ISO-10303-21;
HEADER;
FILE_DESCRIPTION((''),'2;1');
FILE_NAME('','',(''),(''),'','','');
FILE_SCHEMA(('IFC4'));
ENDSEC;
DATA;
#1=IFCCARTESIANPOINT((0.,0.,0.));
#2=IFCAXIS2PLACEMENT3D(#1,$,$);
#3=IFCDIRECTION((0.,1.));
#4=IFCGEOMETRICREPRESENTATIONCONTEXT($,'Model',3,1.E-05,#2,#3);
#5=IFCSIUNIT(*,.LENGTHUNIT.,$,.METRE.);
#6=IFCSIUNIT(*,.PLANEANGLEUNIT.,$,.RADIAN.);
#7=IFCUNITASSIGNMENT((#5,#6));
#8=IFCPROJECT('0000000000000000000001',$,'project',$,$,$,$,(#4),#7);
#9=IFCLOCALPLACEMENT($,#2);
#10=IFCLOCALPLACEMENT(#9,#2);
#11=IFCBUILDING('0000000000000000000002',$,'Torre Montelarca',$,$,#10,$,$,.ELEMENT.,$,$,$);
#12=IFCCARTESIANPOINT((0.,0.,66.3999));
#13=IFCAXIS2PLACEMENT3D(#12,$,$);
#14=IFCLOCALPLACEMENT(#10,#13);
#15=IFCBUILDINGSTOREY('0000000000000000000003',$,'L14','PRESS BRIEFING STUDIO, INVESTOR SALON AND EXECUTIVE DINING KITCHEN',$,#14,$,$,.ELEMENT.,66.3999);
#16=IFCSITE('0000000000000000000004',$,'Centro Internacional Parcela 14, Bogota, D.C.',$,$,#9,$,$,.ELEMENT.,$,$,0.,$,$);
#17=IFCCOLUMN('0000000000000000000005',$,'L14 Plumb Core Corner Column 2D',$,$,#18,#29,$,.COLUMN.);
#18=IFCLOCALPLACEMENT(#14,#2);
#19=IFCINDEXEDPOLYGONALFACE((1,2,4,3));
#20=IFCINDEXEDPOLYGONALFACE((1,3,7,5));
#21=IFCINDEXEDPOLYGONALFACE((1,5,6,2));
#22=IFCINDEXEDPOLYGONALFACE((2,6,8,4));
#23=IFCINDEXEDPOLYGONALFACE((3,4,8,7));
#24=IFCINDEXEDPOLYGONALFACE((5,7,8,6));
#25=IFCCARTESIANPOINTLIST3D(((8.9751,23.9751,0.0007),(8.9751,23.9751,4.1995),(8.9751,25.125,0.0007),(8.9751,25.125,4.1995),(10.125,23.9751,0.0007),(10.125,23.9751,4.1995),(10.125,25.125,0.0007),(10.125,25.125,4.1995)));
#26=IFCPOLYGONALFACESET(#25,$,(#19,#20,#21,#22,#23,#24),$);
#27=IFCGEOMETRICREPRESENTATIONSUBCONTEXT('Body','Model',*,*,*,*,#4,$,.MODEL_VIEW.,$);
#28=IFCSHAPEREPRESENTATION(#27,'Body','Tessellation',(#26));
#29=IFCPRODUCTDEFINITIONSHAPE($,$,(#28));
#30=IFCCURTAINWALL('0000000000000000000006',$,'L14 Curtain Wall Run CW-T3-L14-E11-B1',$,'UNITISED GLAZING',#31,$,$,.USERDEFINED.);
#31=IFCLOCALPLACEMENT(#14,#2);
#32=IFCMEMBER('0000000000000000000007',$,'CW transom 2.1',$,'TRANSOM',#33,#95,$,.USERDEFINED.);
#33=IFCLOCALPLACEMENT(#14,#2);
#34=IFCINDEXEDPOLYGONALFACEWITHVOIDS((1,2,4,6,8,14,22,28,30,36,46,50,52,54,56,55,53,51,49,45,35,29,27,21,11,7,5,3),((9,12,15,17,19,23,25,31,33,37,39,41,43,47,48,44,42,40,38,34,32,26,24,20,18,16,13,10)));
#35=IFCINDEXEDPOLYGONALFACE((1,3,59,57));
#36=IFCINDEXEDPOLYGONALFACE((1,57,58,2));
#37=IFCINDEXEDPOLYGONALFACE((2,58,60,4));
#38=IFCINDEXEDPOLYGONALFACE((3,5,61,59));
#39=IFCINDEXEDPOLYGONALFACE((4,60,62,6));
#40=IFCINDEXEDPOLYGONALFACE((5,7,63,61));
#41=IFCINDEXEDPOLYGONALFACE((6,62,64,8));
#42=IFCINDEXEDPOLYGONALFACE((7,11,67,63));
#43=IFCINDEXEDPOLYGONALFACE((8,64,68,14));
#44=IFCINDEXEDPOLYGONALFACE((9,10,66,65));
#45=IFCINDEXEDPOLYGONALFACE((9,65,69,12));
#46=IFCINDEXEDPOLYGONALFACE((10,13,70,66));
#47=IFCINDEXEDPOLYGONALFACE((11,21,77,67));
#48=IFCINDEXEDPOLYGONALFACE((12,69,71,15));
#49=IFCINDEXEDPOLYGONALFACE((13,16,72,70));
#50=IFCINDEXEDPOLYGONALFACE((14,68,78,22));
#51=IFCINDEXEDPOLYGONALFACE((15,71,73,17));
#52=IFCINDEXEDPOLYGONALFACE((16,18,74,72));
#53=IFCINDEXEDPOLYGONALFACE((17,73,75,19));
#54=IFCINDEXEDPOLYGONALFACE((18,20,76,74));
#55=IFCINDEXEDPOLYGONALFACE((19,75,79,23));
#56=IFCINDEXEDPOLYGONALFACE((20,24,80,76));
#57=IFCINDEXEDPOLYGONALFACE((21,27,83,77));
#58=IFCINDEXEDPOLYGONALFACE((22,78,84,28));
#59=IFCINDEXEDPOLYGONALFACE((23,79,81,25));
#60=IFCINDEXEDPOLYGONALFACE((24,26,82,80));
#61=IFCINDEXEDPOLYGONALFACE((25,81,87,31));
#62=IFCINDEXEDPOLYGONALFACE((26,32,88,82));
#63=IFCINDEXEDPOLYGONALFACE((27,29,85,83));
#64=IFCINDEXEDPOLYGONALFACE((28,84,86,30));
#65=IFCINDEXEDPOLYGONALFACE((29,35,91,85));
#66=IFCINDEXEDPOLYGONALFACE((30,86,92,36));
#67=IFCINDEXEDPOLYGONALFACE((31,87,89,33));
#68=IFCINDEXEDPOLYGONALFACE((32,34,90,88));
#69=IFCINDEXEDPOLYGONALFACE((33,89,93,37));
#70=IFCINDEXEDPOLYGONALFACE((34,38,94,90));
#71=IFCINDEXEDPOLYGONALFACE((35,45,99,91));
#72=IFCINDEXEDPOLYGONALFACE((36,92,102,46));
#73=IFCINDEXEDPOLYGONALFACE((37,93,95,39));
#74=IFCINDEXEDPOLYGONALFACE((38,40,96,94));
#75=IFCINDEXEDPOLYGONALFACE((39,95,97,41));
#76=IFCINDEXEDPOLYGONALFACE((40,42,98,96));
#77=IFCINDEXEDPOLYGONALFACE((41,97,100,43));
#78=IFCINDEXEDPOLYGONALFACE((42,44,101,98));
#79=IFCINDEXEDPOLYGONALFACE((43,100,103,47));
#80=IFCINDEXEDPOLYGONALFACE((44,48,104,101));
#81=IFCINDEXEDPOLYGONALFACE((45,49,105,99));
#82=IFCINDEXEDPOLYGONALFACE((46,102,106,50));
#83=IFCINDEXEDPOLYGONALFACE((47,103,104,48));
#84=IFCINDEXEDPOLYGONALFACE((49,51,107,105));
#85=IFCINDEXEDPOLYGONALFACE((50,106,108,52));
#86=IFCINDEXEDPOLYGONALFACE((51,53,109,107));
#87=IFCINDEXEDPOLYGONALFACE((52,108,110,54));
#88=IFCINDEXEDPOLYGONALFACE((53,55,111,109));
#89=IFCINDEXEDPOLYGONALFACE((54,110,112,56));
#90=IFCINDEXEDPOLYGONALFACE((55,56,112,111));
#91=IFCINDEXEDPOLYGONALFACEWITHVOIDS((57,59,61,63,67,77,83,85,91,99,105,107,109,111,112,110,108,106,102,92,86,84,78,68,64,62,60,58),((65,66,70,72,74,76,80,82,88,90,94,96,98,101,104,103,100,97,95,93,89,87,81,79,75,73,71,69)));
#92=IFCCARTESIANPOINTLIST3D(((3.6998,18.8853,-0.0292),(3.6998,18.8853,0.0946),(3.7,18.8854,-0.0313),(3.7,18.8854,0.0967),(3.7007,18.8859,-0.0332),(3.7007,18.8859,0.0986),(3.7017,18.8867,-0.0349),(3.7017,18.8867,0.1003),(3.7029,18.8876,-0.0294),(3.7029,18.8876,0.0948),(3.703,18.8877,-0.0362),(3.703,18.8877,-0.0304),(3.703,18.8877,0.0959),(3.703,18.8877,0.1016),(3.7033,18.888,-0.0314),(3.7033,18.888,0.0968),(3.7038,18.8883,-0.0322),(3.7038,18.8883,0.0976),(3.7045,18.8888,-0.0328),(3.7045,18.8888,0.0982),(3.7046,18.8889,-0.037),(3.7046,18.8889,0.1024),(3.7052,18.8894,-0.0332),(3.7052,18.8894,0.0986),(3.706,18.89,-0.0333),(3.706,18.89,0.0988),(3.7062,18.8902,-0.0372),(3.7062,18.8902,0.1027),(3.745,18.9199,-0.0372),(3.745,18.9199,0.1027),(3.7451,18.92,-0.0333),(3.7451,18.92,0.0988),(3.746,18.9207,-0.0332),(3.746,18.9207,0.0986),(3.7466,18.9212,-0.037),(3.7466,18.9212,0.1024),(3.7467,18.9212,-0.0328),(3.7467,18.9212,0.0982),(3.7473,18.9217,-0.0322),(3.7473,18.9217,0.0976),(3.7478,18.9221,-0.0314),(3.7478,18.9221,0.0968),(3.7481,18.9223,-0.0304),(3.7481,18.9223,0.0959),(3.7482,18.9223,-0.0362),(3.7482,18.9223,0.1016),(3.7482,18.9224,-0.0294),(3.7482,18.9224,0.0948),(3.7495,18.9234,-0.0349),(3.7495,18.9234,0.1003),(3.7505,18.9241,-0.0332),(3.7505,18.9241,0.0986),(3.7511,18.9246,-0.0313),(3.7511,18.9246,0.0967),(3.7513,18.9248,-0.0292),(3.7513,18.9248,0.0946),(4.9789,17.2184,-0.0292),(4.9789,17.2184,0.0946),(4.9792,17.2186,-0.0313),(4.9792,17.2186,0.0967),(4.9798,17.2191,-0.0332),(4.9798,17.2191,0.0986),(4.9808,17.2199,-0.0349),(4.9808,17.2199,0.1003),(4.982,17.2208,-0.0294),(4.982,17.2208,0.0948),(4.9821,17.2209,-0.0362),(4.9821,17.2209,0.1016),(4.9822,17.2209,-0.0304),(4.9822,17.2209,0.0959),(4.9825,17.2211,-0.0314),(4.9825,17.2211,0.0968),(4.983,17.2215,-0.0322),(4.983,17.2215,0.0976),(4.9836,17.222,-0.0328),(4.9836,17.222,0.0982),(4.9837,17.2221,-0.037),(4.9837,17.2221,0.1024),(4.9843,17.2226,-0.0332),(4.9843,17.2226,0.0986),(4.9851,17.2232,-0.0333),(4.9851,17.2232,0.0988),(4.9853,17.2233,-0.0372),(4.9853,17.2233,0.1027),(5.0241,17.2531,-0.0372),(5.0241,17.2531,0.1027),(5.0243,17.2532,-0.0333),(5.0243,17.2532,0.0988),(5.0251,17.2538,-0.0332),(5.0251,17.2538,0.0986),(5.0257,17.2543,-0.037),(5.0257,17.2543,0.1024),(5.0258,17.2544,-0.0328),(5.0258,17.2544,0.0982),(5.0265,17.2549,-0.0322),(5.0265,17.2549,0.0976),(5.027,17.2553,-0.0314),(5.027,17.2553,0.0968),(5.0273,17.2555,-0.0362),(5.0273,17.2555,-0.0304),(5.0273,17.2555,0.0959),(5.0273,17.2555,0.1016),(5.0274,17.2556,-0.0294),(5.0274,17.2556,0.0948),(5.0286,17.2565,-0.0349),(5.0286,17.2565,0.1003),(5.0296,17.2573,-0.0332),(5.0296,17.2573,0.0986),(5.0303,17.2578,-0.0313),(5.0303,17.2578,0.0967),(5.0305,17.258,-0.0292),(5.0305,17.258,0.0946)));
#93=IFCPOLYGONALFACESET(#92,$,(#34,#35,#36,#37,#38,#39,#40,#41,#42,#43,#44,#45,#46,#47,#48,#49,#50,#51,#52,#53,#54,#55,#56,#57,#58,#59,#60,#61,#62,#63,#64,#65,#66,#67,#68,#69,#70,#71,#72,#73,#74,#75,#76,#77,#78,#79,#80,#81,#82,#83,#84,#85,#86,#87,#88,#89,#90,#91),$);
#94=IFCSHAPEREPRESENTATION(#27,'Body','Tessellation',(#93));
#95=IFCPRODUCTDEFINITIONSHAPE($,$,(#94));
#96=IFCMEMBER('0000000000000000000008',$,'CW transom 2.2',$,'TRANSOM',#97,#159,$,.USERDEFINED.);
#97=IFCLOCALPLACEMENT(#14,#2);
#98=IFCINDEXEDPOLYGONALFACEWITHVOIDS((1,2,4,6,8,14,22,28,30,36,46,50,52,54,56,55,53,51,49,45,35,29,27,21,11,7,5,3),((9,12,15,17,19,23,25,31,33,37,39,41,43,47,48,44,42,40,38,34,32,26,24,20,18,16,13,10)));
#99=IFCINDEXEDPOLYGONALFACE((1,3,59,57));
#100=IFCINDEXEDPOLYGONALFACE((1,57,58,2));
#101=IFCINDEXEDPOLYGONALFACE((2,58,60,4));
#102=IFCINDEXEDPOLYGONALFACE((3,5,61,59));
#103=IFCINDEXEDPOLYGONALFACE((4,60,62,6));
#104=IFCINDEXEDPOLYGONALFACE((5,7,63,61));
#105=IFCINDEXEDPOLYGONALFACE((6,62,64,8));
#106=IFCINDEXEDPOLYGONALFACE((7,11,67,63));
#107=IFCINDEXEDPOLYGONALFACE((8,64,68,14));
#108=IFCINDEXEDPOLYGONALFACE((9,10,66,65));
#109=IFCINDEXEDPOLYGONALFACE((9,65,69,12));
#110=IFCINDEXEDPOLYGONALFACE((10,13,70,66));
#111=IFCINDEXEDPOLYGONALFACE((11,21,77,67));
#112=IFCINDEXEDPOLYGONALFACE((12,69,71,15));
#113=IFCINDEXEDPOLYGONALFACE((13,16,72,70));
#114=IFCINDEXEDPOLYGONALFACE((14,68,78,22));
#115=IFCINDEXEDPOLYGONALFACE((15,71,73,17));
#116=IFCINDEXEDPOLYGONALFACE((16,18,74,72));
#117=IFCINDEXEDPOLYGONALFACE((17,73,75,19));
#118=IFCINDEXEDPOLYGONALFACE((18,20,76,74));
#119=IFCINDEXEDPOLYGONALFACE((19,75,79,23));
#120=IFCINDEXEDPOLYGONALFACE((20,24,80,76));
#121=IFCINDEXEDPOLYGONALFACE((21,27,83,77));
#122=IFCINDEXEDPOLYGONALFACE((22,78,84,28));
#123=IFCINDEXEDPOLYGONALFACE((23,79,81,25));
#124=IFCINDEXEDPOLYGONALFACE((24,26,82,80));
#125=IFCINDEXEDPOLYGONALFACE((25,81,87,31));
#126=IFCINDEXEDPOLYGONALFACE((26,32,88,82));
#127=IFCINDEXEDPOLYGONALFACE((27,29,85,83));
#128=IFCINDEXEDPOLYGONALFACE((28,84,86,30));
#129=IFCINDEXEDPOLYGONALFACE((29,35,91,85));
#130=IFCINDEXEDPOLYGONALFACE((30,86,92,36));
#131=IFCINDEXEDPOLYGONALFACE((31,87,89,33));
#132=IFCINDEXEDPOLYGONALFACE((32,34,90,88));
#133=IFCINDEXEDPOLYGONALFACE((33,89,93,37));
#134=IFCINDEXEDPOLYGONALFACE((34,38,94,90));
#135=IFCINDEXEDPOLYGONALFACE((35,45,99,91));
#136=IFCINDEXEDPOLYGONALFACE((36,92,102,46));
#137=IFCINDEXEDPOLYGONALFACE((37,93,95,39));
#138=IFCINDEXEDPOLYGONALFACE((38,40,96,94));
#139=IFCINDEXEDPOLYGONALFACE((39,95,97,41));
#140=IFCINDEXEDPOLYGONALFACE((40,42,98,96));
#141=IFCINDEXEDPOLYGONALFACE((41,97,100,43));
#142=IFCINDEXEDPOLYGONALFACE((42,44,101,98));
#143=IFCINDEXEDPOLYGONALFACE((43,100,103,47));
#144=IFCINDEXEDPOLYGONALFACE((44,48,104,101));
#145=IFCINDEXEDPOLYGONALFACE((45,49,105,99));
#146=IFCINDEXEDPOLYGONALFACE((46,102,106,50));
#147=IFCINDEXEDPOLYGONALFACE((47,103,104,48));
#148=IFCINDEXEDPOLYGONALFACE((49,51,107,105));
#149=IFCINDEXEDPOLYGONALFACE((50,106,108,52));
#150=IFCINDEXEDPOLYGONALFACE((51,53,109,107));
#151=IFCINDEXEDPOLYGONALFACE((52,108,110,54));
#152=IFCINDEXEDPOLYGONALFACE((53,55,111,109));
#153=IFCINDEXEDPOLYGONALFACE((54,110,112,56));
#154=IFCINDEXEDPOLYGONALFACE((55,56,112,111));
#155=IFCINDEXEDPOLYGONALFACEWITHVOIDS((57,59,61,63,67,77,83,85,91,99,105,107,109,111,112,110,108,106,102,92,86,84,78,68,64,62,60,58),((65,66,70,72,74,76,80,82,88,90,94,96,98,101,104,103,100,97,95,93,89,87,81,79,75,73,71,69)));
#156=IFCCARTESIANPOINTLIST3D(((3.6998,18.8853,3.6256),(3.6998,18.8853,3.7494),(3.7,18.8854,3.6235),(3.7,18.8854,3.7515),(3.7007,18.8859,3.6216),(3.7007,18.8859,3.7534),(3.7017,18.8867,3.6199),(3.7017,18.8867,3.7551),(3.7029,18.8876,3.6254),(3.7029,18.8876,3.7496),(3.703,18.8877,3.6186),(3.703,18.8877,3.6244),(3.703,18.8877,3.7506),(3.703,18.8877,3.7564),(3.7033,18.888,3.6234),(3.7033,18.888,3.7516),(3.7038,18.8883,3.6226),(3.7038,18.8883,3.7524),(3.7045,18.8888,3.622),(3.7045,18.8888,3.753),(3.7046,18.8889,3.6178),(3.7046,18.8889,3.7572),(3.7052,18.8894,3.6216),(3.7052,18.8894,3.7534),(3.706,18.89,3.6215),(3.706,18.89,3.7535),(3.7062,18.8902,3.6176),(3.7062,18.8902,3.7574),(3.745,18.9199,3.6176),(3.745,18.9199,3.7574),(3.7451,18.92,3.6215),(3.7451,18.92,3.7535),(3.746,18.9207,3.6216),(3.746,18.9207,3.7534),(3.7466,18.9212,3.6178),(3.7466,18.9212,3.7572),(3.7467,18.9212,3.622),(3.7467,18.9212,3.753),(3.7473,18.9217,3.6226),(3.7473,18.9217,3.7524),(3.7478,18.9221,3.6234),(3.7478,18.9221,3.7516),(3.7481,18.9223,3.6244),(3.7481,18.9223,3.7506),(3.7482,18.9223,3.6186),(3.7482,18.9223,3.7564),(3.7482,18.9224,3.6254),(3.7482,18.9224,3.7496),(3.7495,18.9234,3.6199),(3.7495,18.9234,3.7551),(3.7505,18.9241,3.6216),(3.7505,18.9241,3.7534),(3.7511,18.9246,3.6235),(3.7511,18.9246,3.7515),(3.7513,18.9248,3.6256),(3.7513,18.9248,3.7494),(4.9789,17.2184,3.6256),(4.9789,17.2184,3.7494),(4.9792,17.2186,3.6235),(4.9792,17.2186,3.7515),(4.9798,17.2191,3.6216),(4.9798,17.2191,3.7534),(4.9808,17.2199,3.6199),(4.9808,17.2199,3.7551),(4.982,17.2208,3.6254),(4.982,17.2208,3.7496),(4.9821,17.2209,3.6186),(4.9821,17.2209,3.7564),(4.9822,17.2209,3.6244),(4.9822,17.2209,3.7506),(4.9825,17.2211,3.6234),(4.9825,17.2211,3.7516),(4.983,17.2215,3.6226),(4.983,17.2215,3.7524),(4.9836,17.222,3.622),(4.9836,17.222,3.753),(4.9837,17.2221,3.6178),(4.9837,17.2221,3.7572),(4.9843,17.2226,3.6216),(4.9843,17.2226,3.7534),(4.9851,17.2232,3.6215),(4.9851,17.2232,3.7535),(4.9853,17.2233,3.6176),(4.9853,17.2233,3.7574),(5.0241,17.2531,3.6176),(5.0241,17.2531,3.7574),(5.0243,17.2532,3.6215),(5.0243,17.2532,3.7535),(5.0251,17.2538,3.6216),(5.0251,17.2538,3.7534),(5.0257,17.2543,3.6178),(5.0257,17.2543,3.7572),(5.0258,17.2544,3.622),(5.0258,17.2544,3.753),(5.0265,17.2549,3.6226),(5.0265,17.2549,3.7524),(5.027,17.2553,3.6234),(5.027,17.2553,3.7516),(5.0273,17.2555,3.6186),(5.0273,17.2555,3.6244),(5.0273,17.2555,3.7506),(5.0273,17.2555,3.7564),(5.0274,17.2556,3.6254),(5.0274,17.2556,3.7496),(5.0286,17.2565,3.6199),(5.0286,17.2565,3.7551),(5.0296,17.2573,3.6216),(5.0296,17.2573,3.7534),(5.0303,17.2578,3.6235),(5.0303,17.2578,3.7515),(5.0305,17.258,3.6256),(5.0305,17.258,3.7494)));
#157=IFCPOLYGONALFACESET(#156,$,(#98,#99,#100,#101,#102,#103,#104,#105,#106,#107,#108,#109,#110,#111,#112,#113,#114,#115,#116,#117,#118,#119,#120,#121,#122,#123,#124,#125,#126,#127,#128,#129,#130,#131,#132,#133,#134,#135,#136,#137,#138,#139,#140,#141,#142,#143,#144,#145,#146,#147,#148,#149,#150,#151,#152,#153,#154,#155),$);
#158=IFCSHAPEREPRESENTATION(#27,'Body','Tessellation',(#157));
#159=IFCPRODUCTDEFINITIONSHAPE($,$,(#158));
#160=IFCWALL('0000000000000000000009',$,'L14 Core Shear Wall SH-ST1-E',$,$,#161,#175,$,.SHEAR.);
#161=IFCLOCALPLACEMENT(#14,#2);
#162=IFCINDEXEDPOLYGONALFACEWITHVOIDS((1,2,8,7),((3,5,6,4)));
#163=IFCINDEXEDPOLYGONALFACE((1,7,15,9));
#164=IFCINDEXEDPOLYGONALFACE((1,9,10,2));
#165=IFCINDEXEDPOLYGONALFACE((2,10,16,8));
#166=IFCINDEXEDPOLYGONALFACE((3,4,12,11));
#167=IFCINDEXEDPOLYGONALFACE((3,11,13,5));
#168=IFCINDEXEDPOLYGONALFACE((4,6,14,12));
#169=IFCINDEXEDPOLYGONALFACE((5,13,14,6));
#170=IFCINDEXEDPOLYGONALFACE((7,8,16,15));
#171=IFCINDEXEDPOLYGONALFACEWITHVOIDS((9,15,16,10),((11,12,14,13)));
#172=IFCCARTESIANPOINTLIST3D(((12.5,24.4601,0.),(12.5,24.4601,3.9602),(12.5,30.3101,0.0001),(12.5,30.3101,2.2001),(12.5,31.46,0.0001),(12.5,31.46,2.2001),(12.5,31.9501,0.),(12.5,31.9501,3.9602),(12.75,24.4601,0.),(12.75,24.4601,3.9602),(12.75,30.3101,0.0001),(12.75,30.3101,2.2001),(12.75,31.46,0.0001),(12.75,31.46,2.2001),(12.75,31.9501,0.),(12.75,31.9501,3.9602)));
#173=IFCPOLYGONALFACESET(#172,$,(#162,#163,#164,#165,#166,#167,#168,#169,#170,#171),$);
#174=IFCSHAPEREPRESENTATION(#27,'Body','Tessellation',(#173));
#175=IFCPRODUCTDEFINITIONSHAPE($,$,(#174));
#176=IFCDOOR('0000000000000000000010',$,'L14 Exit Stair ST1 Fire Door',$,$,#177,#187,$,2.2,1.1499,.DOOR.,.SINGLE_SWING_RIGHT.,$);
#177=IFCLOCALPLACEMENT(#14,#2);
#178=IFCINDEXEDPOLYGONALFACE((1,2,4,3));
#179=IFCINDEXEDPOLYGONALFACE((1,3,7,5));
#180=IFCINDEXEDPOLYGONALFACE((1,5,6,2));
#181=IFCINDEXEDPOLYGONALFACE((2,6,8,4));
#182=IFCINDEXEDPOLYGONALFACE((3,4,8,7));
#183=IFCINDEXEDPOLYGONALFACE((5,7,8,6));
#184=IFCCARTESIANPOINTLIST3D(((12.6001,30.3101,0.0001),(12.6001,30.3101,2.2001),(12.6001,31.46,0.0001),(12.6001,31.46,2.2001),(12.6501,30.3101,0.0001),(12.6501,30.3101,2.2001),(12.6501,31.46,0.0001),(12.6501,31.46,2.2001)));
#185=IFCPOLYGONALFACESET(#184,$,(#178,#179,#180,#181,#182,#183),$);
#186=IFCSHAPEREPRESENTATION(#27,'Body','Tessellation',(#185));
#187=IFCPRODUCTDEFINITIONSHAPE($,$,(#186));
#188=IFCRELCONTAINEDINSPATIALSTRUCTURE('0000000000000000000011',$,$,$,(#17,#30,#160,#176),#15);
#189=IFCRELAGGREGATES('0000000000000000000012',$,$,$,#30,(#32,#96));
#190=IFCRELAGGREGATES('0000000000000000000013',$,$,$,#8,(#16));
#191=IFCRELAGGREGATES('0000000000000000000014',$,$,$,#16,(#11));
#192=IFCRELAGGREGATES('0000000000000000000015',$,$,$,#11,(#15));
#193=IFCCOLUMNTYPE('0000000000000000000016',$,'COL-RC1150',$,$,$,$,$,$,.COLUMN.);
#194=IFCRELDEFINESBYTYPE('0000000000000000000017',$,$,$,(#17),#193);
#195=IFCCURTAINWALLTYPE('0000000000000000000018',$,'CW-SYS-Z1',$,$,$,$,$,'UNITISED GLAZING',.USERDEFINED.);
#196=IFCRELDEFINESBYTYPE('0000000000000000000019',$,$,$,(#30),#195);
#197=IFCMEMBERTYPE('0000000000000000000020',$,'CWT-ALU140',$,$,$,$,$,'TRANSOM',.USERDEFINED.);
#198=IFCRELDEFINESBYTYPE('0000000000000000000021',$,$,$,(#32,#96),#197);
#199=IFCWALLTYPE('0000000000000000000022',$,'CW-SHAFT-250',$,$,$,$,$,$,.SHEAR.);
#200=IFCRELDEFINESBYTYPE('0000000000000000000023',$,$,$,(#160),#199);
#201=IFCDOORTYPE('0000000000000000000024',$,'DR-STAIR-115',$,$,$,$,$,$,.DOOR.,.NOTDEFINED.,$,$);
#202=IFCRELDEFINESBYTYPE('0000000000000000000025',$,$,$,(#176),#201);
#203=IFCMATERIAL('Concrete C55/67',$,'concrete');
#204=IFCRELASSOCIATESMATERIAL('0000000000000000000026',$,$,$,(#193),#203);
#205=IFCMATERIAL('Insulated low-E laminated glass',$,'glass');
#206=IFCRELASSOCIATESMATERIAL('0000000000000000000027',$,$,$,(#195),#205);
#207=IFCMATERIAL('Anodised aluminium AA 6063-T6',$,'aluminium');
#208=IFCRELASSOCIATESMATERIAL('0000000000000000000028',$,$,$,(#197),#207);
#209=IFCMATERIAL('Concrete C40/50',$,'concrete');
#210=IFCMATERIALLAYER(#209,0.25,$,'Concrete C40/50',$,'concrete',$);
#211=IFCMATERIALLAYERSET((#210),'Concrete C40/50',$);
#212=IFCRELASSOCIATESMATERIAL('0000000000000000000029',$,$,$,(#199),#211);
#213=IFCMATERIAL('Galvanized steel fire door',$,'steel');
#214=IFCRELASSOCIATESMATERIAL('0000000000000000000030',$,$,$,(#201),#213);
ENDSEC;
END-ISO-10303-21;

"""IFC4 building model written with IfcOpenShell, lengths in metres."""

from ifc_helpers import new_model, si_unit, direction, frame, frame_2d, origin, origin_2d, place, context, subcontext, project, spatial, rectangle, hollow_rectangle, extrude, source, transform, mapped, material, layer, layer_set, material_profile, profile_set, type_object, element, fill, aggregate, save


model = new_model("IFC4")

# Units and contexts
model_context = context("Model", 3, precision=1e-05, world=origin(), true_north=direction((0.0, 1.0)))
body_context = subcontext(model_context, "Body", "Model", "MODEL_VIEW")
ifc_project = project(units=[si_unit("LENGTHUNIT", "METRE"), si_unit("PLANEANGLEUNIT", "RADIAN")], contexts=[model_context])

# Site, building, storey
site_placement = place(None, origin())
site = spatial("IfcSite", under=ifc_project, at=site_placement, Name="Centro Internacional Parcela 14, Bogota, D.C.", CompositionType="ELEMENT", RefElevation=0.0)
building_placement = place(site_placement, origin())
building = spatial("IfcBuilding", under=site, at=building_placement, Name="Torre Montelarca", CompositionType="ELEMENT")
storey_placement = place(building_placement, frame((0.0, 0.0, 66.3999)))
storey = spatial("IfcBuildingStorey", under=building, at=storey_placement, Name="L14", Description="PRESS BRIEFING STUDIO, INVESTOR SALON AND EXECUTIVE DINING KITCHEN", CompositionType="ELEMENT", Elevation=66.3999)

# Column
ifc_material_1 = material(Name="Concrete C55/67", Category="concrete")
ifc_material_profile_1 = material_profile(ifc_material_1, rectangle(XDim=1.1499, YDim=1.1499, at=origin_2d()), Name="RC1150X1150", Category="concrete")
ifc_profile_set_1 = profile_set([ifc_material_profile_1], Name="Concrete C55/67")
column_type_1 = type_object("IfcColumnType", Name="COL-RC1150", PredefinedType="COLUMN", material=ifc_profile_set_1)
shared_shape_1 = source(origin(), body_context, "Body", "SweptSolid", [
    extrude(rectangle(XDim=1.1499, YDim=1.1499, at=origin_2d()), origin(), (0.0, 0.0, 1.0), 4.1987),
])
column_1_placement = place(storey_placement, frame((9.55, 24.55, 0.0007), z_axis=(0.0, 0.0, 1.0), x_axis=(1.0, 0.0, 0.0)))
element("IfcColumn", 1, at=column_1_placement, inside=storey, type_object=column_type_1, Name="L14 Plumb Core Corner Column 2D", PredefinedType="COLUMN", context=body_context, shape_type="MappedRepresentation", body=[
    mapped(shared_shape_1, transform((0.0, 0.0, 0.0), scale=1.0)),
])

# Curtain wall, members
ifc_material_2 = material(Name="Insulated low-E laminated glass", Category="glass")
curtain_wall_type = type_object("IfcCurtainWallType", Name="CW-SYS-Z1", ElementType="UNITISED GLAZING", PredefinedType="USERDEFINED", material=ifc_material_2)
curtain_wall_placement = place(storey_placement, origin())
curtain_wall = element("IfcCurtainWall", 2, at=curtain_wall_placement, inside=storey, type_object=curtain_wall_type, Name="L14 Curtain Wall Run CW-T3-L14-E11-B1", ObjectType="UNITISED GLAZING", PredefinedType="USERDEFINED")
ifc_material_3 = material(Name="Anodised aluminium AA 6063-T6", Category="aluminium")
ifc_material_profile_2 = material_profile(ifc_material_3, hollow_rectangle(XDim=0.0649, YDim=0.1399, WallThickness=0.0039, InnerFilletRadius=0.0039, OuterFilletRadius=0.0081, at=origin_2d()), Name="ALU65X140X4", Category="aluminium")
ifc_profile_set_2 = profile_set([ifc_material_profile_2], Name="Anodised aluminium AA 6063-T6")
member_type = type_object("IfcMemberType", Name="CWT-ALU140", ElementType="TRANSOM", PredefinedType="USERDEFINED", material=ifc_profile_set_2)
shared_shape_2 = source(origin(), body_context, "Body", "SweptSolid", [
    extrude(hollow_rectangle(XDim=0.0649, YDim=0.1399, WallThickness=0.0039, InnerFilletRadius=0.0039, OuterFilletRadius=0.0081, at=origin_2d()), origin(), (0.0, 0.0, 1.0), 2.1011),
])
member_1_placement = place(storey_placement, frame((3.7256, 18.905, 0.0327), z_axis=(0.608795, -0.793328, 0.0), x_axis=(0.793328, 0.608795, 0.0)))
member_1 = element("IfcMember", 3, at=member_1_placement, type_object=member_type, Name="CW transom 2.1", ObjectType="TRANSOM", PredefinedType="USERDEFINED", context=body_context, shape_type="MappedRepresentation", body=[
    mapped(shared_shape_2, transform((0.0, 0.0, 0.0), scale=1.0)),
])
member_2_placement = place(storey_placement, frame((3.7256, 18.905, 3.6875), z_axis=(0.608795, -0.793328, 0.0), x_axis=(0.793328, 0.608795, 0.0)))
member_2 = element("IfcMember", 4, at=member_2_placement, type_object=member_type, Name="CW transom 2.2", ObjectType="TRANSOM", PredefinedType="USERDEFINED", context=body_context, shape_type="MappedRepresentation", body=[
    mapped(shared_shape_2, transform((0.0, 0.0, 0.0), scale=1.0)),
])
aggregate(curtain_wall, [member_1, member_2])

# Wall, opening, door
ifc_material_4 = material(Name="Concrete C40/50", Category="concrete")
ifc_layer_1 = layer(ifc_material_4, 0.25, Name="Concrete C40/50", Category="concrete")
ifc_layer_set_1 = layer_set([ifc_layer_1], Name="Concrete C40/50")
wall_type_1 = type_object("IfcWallType", Name="CW-SHAFT-250", PredefinedType="SHEAR", material=ifc_layer_set_1)
wall_1_placement = place(storey_placement, frame((12.625, 24.46, 0.0), z_axis=(0.0, 0.0, 1.0), x_axis=(0.0, 1.0, 0.0)))
wall_1 = element("IfcWall", 5, at=wall_1_placement, inside=storey, type_object=wall_type_1, Name="L14 Core Shear Wall SH-ST1-E", PredefinedType="SHEAR", context=body_context, shape_type="SweptSolid", body=[
    extrude(rectangle(XDim=7.49, YDim=0.25, at=frame_2d((3.7451, 0.0))), origin(), (0.0, 0.0, 1.0), 3.9602),
])
opening_1_placement = place(wall_1_placement, frame((5.8501, 0.0, 0.0)))
opening_1 = element("IfcOpeningElement", 6, at=opening_1_placement, cuts=wall_1, PredefinedType="OPENING", context=body_context, shape_type="SweptSolid", body=[
    extrude(rectangle(XDim=1.1499, YDim=2.2, at=frame_2d((0.575, 1.1001))), frame((0.0, 0.135, 0.0), z_axis=(0.0, -1.0, 0.0), x_axis=(1.0, 0.0, 0.0)), (0.0, 0.0, 1.0), 0.27),
])
ifc_material_5 = material(Name="Galvanized steel fire door", Category="steel")
door_type = type_object("IfcDoorType", Name="DR-STAIR-115", OperationType="NOTDEFINED", PredefinedType="DOOR", material=ifc_material_5)
shared_shape_3 = source(origin(), body_context, "Body", "SweptSolid", [
    extrude(rectangle(XDim=1.1499, YDim=2.2, at=frame_2d((0.575, 1.1001))), frame((0.0, 0.0249, 0.0), z_axis=(0.0, -1.0, 0.0), x_axis=(1.0, 0.0, 0.0)), (0.0, 0.0, 1.0), 0.05),
])
door_1_placement = place(opening_1_placement, origin())
door_1 = element("IfcDoor", 7, at=door_1_placement, inside=storey, type_object=door_type, Name="L14 Exit Stair ST1 Fire Door", OperationType="SINGLE_SWING_RIGHT", OverallHeight=2.2, OverallWidth=1.1499, PredefinedType="DOOR", context=body_context, shape_type="MappedRepresentation", body=[
    mapped(shared_shape_3, transform((0.0, 0.0, 0.0), scale=1.0)),
])
fill(opening_1, door_1)

save(model, "model.ifc")
